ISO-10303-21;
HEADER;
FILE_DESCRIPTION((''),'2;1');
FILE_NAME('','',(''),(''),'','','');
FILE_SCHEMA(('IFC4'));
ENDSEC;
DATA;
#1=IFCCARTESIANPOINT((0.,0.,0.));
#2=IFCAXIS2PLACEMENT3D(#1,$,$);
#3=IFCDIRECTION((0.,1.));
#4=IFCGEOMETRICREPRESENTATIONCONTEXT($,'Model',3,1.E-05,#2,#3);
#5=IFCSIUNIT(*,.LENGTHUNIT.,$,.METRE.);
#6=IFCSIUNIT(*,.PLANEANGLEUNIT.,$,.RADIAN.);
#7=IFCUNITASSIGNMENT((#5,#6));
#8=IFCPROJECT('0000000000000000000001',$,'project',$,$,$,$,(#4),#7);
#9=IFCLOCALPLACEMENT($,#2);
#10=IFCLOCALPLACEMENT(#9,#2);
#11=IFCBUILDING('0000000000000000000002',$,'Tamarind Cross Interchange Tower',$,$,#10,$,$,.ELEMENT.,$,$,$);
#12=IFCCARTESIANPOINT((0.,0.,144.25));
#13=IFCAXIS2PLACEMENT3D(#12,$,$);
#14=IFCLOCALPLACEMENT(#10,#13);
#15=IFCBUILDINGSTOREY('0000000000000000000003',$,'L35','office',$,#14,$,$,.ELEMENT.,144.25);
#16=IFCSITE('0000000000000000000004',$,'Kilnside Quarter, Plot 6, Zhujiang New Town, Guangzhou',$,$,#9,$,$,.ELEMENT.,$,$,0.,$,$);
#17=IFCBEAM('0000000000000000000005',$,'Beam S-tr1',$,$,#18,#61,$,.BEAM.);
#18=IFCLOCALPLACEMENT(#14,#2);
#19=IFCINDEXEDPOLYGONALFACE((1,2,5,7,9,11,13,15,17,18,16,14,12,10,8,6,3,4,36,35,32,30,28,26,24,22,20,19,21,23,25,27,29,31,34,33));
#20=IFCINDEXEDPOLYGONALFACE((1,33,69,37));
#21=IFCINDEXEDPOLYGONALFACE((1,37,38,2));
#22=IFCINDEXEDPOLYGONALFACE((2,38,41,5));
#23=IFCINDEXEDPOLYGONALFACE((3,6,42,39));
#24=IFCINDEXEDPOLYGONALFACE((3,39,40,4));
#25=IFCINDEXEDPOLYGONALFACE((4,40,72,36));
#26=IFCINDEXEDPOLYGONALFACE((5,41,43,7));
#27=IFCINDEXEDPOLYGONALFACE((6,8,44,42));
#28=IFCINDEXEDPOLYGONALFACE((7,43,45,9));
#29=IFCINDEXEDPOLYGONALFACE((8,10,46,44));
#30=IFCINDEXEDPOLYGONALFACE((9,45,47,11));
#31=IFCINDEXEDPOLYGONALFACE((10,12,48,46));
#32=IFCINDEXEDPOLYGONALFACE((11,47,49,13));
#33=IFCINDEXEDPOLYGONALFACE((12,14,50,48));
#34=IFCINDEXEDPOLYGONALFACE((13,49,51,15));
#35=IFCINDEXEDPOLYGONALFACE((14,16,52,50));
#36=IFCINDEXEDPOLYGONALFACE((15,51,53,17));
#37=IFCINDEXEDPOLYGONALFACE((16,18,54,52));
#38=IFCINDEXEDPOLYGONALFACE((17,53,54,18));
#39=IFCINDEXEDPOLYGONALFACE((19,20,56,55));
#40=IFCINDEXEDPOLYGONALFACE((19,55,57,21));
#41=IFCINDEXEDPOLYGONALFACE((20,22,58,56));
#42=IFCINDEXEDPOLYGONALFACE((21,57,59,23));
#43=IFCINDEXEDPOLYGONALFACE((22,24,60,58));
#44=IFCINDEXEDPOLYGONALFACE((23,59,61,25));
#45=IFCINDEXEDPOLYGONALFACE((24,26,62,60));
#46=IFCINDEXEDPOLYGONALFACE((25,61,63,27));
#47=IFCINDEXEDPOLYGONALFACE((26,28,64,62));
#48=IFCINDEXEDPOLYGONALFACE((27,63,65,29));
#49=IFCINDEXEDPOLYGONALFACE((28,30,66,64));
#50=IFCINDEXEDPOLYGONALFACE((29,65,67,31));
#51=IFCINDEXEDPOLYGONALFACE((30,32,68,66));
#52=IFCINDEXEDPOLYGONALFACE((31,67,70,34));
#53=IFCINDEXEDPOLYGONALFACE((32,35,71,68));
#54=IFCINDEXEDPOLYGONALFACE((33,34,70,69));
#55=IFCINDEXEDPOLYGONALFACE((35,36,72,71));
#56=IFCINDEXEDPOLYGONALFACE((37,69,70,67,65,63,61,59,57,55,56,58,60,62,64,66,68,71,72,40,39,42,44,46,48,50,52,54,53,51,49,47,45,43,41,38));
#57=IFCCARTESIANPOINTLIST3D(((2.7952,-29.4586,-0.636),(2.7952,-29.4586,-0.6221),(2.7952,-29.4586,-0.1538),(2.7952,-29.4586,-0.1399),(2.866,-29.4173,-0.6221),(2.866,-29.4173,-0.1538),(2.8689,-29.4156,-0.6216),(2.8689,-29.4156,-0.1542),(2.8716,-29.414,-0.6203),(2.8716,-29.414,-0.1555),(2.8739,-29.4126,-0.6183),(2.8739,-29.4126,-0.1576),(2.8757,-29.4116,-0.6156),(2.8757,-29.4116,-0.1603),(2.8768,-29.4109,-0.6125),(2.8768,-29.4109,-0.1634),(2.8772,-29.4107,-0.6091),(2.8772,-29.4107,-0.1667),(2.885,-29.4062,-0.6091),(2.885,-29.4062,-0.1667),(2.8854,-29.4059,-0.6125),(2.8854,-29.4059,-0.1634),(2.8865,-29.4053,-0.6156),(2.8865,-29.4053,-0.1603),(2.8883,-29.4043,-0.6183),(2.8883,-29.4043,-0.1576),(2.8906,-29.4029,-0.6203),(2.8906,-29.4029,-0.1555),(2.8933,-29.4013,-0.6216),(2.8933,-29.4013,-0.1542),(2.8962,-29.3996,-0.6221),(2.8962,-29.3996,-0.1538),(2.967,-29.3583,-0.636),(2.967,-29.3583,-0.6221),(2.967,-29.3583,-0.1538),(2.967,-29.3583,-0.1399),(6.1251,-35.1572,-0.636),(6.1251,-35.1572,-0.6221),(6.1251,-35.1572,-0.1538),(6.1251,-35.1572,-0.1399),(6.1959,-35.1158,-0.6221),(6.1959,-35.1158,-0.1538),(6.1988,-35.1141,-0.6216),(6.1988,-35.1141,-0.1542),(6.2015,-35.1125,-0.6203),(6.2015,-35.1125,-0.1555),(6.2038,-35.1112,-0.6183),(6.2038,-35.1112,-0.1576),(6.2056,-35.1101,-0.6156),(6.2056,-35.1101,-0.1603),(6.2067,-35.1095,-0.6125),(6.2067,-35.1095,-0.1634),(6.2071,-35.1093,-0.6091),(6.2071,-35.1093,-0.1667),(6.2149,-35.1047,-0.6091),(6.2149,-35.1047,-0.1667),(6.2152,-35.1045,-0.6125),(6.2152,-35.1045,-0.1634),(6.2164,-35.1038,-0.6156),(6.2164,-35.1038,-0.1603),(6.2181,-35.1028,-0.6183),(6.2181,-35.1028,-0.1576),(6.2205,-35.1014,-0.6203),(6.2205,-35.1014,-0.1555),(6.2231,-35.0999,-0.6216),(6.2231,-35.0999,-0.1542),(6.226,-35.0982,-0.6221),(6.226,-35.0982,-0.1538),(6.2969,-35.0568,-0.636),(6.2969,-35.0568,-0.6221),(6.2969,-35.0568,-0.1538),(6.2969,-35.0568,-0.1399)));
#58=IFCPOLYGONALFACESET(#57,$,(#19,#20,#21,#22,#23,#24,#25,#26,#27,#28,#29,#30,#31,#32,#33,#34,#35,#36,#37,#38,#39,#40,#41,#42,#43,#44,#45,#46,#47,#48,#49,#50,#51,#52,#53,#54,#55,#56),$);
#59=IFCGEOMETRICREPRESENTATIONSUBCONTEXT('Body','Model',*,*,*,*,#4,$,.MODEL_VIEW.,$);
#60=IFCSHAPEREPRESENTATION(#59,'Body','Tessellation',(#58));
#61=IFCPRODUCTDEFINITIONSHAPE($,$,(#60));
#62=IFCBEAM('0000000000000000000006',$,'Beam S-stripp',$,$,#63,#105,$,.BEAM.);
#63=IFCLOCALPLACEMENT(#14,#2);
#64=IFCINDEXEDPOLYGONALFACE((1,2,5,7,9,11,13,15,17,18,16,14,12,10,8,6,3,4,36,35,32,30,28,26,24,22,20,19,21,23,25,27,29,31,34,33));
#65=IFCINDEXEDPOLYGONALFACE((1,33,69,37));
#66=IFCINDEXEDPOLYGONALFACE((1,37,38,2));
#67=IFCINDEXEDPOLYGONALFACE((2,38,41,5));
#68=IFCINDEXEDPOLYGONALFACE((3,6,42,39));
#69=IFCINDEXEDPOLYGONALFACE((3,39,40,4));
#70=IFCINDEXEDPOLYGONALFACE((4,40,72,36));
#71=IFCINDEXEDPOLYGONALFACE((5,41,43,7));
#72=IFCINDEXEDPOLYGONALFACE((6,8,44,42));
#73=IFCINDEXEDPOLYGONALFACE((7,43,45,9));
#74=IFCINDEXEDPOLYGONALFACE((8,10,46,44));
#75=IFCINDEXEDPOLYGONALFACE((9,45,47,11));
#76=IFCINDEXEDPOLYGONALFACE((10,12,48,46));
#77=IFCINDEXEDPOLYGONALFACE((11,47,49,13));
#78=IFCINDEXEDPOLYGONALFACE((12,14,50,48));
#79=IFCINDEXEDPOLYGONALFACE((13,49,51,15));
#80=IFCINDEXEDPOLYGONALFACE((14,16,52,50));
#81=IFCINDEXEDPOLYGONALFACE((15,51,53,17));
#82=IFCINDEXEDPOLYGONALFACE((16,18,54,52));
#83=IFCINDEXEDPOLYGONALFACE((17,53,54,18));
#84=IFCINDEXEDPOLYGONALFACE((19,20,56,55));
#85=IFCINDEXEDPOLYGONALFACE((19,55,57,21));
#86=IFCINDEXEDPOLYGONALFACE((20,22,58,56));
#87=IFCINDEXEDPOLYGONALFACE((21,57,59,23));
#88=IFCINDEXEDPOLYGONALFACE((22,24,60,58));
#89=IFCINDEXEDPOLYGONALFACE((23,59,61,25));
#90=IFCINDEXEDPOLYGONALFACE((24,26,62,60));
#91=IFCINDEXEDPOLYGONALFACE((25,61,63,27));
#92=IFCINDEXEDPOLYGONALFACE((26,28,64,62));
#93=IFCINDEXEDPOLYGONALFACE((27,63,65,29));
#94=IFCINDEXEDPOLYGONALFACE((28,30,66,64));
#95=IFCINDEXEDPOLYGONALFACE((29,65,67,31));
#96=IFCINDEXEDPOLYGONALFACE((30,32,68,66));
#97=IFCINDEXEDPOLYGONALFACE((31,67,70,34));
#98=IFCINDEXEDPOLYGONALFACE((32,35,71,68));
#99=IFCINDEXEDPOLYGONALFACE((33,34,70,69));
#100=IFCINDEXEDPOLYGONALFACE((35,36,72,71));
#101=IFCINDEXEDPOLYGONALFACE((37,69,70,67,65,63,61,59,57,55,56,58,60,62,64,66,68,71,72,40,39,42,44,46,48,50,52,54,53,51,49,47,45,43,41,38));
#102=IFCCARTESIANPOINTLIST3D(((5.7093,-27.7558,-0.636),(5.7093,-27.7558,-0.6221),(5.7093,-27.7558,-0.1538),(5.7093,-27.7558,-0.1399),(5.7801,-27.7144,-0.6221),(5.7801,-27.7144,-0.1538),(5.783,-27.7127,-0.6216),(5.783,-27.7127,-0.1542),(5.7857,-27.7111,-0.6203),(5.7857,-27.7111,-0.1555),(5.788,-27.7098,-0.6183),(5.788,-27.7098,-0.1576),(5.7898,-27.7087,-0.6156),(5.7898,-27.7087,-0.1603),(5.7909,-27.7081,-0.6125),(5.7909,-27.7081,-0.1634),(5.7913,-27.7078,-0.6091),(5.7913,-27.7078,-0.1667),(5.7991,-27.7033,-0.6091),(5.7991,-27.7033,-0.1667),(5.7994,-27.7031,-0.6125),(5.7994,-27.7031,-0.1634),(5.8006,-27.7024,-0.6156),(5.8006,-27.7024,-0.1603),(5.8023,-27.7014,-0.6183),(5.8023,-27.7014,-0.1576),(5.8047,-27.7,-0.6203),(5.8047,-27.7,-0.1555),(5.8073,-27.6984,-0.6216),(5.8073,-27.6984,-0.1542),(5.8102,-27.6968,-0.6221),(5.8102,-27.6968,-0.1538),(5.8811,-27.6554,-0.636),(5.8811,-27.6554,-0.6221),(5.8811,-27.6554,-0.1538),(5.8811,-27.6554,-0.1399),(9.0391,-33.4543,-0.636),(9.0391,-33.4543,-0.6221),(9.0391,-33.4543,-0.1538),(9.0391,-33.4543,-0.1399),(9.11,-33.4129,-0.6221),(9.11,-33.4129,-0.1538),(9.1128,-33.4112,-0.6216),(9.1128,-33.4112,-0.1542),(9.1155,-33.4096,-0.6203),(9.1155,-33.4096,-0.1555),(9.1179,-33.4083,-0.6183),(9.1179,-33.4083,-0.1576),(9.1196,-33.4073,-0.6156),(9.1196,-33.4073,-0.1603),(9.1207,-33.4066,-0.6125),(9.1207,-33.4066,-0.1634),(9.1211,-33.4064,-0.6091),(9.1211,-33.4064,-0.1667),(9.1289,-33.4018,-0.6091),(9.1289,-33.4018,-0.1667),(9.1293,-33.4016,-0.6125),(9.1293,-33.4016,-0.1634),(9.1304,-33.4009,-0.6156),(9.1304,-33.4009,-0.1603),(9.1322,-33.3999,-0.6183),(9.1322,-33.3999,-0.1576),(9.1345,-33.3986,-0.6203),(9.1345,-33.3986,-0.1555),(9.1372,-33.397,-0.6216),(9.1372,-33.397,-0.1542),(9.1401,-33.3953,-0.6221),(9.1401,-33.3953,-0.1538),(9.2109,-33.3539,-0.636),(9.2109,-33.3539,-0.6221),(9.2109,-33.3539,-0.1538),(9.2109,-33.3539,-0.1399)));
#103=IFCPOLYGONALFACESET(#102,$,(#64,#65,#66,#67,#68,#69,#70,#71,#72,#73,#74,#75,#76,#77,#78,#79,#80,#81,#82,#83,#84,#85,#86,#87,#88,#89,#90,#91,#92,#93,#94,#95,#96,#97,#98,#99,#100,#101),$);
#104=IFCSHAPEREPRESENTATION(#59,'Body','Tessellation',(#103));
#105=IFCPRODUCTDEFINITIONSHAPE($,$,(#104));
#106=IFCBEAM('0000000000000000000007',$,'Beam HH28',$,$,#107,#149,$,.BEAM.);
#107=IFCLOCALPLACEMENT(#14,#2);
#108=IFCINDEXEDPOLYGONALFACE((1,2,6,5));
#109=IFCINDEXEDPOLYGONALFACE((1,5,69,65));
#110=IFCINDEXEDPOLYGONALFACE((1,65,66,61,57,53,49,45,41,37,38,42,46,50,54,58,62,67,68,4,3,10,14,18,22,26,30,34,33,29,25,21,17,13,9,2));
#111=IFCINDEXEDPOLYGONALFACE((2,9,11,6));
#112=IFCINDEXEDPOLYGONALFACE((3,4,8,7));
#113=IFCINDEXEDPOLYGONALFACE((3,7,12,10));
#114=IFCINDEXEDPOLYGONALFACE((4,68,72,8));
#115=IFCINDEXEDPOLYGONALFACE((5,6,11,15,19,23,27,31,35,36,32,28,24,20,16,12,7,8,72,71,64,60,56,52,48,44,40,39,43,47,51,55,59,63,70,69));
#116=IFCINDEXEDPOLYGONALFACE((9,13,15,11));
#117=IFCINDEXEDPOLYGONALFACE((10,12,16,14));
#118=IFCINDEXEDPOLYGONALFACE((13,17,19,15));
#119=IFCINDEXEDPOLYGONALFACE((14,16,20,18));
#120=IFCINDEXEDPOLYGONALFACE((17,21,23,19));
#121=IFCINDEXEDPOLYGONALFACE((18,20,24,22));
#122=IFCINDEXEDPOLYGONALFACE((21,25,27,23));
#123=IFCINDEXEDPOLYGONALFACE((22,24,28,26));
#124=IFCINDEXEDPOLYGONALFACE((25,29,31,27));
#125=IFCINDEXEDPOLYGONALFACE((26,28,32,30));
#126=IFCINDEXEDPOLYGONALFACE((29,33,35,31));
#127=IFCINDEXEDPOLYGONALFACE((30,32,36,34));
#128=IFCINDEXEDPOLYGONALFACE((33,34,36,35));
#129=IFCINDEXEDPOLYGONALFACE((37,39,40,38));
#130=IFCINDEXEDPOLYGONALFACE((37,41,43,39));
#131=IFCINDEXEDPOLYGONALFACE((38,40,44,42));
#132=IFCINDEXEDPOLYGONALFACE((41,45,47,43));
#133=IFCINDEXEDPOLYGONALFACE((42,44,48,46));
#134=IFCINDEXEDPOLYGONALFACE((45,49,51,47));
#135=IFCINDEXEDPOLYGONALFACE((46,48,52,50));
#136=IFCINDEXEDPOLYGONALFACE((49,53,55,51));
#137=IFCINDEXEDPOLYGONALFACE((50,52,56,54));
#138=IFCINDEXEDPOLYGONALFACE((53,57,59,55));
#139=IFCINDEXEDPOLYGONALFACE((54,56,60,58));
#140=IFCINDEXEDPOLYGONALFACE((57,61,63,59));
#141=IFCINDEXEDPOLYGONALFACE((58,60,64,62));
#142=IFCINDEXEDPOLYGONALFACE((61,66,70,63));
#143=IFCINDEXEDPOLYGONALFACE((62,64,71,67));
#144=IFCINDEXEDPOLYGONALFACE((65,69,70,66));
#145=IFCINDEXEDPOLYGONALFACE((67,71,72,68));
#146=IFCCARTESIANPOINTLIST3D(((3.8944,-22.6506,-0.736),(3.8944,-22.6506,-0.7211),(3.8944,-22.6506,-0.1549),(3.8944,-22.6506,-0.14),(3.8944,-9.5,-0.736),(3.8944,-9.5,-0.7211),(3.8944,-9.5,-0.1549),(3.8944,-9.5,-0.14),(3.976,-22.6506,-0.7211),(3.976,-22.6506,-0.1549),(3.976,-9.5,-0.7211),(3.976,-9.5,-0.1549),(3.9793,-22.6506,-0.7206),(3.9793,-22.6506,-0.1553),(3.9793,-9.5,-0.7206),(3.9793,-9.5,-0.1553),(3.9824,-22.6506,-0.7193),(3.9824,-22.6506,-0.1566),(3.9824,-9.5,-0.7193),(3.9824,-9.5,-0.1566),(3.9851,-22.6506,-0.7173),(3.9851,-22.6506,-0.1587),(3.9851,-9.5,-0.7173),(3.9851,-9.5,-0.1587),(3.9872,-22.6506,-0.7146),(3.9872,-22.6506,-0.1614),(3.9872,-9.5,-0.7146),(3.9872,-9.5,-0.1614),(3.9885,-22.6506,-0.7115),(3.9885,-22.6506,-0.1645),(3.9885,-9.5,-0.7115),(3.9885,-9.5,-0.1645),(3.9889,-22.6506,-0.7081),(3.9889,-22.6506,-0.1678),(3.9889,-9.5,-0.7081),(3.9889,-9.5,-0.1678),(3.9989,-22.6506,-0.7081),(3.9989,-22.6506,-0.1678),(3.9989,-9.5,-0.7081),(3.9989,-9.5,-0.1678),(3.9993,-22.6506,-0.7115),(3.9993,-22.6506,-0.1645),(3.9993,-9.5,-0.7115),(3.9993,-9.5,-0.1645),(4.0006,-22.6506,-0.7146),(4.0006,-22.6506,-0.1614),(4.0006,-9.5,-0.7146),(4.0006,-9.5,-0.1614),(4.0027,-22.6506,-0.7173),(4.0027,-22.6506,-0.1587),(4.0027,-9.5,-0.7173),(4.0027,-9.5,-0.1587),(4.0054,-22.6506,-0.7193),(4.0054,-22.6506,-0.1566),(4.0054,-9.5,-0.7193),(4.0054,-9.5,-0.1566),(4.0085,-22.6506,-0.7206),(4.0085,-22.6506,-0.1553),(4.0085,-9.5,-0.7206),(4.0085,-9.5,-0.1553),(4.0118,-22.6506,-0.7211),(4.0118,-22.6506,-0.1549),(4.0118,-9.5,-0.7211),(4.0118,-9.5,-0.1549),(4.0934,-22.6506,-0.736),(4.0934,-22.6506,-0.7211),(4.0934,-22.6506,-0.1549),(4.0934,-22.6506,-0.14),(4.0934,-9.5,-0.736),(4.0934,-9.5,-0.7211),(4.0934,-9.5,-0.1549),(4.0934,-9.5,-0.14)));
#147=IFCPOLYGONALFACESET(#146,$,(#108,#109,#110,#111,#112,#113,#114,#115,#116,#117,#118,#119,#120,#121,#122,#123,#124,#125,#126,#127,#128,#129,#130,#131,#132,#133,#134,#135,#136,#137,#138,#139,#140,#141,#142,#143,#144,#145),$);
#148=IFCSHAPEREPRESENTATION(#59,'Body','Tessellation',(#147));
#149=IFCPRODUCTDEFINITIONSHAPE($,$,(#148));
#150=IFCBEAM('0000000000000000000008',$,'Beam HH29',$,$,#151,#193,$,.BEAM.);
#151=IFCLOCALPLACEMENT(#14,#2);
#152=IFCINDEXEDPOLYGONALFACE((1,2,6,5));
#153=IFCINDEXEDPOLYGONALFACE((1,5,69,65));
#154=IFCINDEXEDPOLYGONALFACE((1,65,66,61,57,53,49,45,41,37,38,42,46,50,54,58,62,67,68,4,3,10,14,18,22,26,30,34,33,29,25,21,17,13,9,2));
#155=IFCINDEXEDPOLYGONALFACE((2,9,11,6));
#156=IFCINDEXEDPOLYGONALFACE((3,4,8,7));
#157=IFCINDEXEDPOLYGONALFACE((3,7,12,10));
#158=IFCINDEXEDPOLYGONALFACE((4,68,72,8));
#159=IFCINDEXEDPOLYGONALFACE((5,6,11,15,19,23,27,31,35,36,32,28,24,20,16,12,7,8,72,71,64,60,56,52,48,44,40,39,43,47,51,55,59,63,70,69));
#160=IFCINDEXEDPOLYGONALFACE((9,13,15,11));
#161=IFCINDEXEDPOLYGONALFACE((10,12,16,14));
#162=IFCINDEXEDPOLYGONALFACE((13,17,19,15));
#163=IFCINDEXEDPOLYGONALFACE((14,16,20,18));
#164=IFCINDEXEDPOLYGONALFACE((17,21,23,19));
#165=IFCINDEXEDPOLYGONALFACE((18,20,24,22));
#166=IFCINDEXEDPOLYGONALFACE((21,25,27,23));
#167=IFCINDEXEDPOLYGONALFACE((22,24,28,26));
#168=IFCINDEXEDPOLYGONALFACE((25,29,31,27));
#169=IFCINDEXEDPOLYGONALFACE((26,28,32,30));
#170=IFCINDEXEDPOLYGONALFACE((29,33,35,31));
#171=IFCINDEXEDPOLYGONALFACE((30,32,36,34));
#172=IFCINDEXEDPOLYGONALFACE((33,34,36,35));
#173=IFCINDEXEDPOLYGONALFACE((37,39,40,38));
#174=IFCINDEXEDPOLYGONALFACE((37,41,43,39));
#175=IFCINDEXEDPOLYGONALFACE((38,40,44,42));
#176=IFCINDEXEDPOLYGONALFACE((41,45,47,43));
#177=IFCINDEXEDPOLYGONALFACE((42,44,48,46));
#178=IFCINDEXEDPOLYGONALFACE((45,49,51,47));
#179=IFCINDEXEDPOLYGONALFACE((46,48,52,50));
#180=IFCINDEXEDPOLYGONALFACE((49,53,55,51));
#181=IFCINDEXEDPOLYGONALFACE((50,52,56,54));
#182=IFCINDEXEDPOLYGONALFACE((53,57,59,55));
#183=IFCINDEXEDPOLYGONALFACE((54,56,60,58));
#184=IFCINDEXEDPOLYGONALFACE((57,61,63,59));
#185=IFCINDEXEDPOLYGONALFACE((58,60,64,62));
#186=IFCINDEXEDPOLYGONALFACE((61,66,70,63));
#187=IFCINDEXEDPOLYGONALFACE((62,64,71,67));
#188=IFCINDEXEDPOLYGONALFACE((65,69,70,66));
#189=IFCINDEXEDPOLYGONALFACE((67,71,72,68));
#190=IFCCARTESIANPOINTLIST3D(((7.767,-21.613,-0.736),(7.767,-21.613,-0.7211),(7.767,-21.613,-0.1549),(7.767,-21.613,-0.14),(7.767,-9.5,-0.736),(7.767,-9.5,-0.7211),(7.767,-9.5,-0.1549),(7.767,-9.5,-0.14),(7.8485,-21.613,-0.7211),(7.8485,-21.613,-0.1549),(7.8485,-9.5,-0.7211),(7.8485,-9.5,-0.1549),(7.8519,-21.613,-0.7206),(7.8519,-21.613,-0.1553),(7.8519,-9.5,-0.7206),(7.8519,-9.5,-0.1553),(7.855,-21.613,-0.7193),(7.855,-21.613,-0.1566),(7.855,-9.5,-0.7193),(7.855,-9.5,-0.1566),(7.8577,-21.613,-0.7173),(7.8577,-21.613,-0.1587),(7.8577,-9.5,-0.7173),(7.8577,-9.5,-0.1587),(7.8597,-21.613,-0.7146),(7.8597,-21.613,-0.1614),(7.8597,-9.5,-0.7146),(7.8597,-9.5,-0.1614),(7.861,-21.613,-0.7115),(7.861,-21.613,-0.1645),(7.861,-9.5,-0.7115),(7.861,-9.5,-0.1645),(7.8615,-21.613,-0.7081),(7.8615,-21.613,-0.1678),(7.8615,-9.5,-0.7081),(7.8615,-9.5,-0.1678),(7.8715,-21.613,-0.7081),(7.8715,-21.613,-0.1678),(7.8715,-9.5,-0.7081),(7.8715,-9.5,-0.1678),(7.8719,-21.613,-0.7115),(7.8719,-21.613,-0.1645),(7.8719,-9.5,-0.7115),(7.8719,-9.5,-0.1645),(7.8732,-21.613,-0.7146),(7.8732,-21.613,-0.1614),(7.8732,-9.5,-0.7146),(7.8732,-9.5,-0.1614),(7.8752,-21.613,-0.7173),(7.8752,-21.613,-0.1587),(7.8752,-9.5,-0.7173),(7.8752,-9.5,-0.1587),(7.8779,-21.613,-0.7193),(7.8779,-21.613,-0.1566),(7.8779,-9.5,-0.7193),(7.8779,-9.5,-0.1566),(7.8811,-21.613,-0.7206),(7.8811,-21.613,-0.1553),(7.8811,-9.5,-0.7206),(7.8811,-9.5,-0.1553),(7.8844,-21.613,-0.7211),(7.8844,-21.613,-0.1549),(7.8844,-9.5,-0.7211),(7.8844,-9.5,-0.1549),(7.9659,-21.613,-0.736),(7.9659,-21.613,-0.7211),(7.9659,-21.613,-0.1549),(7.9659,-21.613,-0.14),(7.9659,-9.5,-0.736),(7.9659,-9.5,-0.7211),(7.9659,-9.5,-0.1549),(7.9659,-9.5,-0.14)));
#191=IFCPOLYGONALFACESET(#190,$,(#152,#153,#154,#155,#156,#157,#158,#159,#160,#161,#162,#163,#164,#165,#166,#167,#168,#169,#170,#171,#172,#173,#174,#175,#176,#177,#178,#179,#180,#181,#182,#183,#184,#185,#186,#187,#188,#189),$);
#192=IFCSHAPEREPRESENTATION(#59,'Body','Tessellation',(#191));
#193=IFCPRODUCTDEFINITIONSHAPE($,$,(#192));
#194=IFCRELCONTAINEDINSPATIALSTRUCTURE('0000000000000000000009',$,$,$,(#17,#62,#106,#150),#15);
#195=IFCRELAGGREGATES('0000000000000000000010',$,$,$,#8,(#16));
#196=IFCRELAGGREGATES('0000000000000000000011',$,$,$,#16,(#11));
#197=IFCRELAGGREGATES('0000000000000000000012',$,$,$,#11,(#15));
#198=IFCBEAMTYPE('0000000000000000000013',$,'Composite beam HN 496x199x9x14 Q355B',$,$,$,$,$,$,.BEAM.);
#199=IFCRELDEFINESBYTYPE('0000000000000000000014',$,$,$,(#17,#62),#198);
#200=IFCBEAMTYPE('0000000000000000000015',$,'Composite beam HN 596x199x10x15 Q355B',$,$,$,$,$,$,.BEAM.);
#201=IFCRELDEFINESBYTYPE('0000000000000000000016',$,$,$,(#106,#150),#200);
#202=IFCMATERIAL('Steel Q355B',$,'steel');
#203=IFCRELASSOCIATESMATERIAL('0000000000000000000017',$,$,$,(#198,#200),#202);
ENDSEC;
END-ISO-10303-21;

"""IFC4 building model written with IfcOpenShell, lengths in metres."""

from ifc_helpers import new_model, si_unit, direction, frame, origin, origin_2d, place, context, subcontext, project, spatial, i_section, extrude, material, material_profile, profile_set, type_object, element, save


model = new_model("IFC4")

# Units and contexts
model_context = context("Model", 3, precision=1e-05, world=origin(), true_north=direction((0.0, 1.0)))
body_context = subcontext(model_context, "Body", "Model", "MODEL_VIEW")
ifc_project = project(units=[si_unit("LENGTHUNIT", "METRE"), si_unit("PLANEANGLEUNIT", "RADIAN")], contexts=[model_context])

# Site, building, storey
site_placement = place(None, origin())
site = spatial("IfcSite", under=ifc_project, at=site_placement, Name="Kilnside Quarter, Plot 6, Zhujiang New Town, Guangzhou", CompositionType="ELEMENT", RefElevation=0.0)
building_placement = place(site_placement, origin())
building = spatial("IfcBuilding", under=site, at=building_placement, Name="Tamarind Cross Interchange Tower", CompositionType="ELEMENT")
storey_placement = place(building_placement, frame((0.0, 0.0, 144.25)))
storey = spatial("IfcBuildingStorey", under=building, at=storey_placement, Name="L35", Description="office", CompositionType="ELEMENT", Elevation=144.25)

# Beams
ifc_material_1 = material(Name="Steel Q355B", Category="steel")
ifc_material_profile_1 = material_profile(ifc_material_1, i_section(OverallWidth=0.199, OverallDepth=0.4961, WebThickness=0.009, FlangeThickness=0.0139, FilletRadius=0.0129, at=origin_2d()), Name="HN 496x199x9x14")
ifc_profile_set_1 = profile_set([ifc_material_profile_1], Name="Steel Q355B")
beam_type_1 = type_object("IfcBeamType", Name="Composite beam HN 496x199x9x14 Q355B", PredefinedType="BEAM", material=ifc_profile_set_1)
for number, where, z_axis, x_axis, name in (
    (1, (2.8811, -29.4084, -0.3879), (0.504517, -0.863402, 0.0), (0.863402, 0.504517, 0.0), "Beam S-tr1"),
    (2, (5.7952, -27.7056, -0.3879), (0.504517, -0.863402, 0.0), (0.863402, 0.504517, 0.0), "Beam S-stripp"),
):
    element("IfcBeam", number, at=place(storey_placement, frame(where, z_axis=z_axis, x_axis=x_axis)), inside=storey, type_object=beam_type_1, Name=name, PredefinedType="BEAM", context=body_context, shape_type="SweptSolid", body=[
        extrude(i_section(OverallWidth=0.199, OverallDepth=0.4961, WebThickness=0.009, FlangeThickness=0.0139, FilletRadius=0.0129, at=origin_2d()), origin(), (0.0, 0.0, 1.0), 6.6001),
    ])
ifc_material_profile_2 = material_profile(ifc_material_1, i_section(OverallWidth=0.199, OverallDepth=0.5959, WebThickness=0.01, FlangeThickness=0.0149, FilletRadius=0.0129, at=origin_2d()), Name="HN 596x199x10x15")
ifc_profile_set_2 = profile_set([ifc_material_profile_2], Name="Steel Q355B")
beam_type_2 = type_object("IfcBeamType", Name="Composite beam HN 596x199x10x15 Q355B", PredefinedType="BEAM", material=ifc_profile_set_2)
beam_1_placement = place(storey_placement, frame((3.9939, -22.6506, -0.438), z_axis=(0.0, 1.0, 0.0), x_axis=(-1.0, 0.0, 0.0)))
element("IfcBeam", 3, at=beam_1_placement, inside=storey, type_object=beam_type_2, Name="Beam HH28", PredefinedType="BEAM", context=body_context, shape_type="SweptSolid", body=[
    extrude(i_section(OverallWidth=0.199, OverallDepth=0.5959, WebThickness=0.01, FlangeThickness=0.0149, FilletRadius=0.0129, at=origin_2d()), origin(), (0.0, 0.0, 1.0), 13.1506),
])
beam_2_placement = place(storey_placement, frame((7.8665, -21.613, -0.438), z_axis=(0.0, 1.0, 0.0), x_axis=(-1.0, 0.0, 0.0)))
element("IfcBeam", 4, at=beam_2_placement, inside=storey, type_object=beam_type_2, Name="Beam HH29", PredefinedType="BEAM", context=body_context, shape_type="SweptSolid", body=[
    extrude(i_section(OverallWidth=0.199, OverallDepth=0.5959, WebThickness=0.01, FlangeThickness=0.0149, FilletRadius=0.0129, at=origin_2d()), origin(), (0.0, 0.0, 1.0), 12.113),
])

save(model, "model.ifc")
